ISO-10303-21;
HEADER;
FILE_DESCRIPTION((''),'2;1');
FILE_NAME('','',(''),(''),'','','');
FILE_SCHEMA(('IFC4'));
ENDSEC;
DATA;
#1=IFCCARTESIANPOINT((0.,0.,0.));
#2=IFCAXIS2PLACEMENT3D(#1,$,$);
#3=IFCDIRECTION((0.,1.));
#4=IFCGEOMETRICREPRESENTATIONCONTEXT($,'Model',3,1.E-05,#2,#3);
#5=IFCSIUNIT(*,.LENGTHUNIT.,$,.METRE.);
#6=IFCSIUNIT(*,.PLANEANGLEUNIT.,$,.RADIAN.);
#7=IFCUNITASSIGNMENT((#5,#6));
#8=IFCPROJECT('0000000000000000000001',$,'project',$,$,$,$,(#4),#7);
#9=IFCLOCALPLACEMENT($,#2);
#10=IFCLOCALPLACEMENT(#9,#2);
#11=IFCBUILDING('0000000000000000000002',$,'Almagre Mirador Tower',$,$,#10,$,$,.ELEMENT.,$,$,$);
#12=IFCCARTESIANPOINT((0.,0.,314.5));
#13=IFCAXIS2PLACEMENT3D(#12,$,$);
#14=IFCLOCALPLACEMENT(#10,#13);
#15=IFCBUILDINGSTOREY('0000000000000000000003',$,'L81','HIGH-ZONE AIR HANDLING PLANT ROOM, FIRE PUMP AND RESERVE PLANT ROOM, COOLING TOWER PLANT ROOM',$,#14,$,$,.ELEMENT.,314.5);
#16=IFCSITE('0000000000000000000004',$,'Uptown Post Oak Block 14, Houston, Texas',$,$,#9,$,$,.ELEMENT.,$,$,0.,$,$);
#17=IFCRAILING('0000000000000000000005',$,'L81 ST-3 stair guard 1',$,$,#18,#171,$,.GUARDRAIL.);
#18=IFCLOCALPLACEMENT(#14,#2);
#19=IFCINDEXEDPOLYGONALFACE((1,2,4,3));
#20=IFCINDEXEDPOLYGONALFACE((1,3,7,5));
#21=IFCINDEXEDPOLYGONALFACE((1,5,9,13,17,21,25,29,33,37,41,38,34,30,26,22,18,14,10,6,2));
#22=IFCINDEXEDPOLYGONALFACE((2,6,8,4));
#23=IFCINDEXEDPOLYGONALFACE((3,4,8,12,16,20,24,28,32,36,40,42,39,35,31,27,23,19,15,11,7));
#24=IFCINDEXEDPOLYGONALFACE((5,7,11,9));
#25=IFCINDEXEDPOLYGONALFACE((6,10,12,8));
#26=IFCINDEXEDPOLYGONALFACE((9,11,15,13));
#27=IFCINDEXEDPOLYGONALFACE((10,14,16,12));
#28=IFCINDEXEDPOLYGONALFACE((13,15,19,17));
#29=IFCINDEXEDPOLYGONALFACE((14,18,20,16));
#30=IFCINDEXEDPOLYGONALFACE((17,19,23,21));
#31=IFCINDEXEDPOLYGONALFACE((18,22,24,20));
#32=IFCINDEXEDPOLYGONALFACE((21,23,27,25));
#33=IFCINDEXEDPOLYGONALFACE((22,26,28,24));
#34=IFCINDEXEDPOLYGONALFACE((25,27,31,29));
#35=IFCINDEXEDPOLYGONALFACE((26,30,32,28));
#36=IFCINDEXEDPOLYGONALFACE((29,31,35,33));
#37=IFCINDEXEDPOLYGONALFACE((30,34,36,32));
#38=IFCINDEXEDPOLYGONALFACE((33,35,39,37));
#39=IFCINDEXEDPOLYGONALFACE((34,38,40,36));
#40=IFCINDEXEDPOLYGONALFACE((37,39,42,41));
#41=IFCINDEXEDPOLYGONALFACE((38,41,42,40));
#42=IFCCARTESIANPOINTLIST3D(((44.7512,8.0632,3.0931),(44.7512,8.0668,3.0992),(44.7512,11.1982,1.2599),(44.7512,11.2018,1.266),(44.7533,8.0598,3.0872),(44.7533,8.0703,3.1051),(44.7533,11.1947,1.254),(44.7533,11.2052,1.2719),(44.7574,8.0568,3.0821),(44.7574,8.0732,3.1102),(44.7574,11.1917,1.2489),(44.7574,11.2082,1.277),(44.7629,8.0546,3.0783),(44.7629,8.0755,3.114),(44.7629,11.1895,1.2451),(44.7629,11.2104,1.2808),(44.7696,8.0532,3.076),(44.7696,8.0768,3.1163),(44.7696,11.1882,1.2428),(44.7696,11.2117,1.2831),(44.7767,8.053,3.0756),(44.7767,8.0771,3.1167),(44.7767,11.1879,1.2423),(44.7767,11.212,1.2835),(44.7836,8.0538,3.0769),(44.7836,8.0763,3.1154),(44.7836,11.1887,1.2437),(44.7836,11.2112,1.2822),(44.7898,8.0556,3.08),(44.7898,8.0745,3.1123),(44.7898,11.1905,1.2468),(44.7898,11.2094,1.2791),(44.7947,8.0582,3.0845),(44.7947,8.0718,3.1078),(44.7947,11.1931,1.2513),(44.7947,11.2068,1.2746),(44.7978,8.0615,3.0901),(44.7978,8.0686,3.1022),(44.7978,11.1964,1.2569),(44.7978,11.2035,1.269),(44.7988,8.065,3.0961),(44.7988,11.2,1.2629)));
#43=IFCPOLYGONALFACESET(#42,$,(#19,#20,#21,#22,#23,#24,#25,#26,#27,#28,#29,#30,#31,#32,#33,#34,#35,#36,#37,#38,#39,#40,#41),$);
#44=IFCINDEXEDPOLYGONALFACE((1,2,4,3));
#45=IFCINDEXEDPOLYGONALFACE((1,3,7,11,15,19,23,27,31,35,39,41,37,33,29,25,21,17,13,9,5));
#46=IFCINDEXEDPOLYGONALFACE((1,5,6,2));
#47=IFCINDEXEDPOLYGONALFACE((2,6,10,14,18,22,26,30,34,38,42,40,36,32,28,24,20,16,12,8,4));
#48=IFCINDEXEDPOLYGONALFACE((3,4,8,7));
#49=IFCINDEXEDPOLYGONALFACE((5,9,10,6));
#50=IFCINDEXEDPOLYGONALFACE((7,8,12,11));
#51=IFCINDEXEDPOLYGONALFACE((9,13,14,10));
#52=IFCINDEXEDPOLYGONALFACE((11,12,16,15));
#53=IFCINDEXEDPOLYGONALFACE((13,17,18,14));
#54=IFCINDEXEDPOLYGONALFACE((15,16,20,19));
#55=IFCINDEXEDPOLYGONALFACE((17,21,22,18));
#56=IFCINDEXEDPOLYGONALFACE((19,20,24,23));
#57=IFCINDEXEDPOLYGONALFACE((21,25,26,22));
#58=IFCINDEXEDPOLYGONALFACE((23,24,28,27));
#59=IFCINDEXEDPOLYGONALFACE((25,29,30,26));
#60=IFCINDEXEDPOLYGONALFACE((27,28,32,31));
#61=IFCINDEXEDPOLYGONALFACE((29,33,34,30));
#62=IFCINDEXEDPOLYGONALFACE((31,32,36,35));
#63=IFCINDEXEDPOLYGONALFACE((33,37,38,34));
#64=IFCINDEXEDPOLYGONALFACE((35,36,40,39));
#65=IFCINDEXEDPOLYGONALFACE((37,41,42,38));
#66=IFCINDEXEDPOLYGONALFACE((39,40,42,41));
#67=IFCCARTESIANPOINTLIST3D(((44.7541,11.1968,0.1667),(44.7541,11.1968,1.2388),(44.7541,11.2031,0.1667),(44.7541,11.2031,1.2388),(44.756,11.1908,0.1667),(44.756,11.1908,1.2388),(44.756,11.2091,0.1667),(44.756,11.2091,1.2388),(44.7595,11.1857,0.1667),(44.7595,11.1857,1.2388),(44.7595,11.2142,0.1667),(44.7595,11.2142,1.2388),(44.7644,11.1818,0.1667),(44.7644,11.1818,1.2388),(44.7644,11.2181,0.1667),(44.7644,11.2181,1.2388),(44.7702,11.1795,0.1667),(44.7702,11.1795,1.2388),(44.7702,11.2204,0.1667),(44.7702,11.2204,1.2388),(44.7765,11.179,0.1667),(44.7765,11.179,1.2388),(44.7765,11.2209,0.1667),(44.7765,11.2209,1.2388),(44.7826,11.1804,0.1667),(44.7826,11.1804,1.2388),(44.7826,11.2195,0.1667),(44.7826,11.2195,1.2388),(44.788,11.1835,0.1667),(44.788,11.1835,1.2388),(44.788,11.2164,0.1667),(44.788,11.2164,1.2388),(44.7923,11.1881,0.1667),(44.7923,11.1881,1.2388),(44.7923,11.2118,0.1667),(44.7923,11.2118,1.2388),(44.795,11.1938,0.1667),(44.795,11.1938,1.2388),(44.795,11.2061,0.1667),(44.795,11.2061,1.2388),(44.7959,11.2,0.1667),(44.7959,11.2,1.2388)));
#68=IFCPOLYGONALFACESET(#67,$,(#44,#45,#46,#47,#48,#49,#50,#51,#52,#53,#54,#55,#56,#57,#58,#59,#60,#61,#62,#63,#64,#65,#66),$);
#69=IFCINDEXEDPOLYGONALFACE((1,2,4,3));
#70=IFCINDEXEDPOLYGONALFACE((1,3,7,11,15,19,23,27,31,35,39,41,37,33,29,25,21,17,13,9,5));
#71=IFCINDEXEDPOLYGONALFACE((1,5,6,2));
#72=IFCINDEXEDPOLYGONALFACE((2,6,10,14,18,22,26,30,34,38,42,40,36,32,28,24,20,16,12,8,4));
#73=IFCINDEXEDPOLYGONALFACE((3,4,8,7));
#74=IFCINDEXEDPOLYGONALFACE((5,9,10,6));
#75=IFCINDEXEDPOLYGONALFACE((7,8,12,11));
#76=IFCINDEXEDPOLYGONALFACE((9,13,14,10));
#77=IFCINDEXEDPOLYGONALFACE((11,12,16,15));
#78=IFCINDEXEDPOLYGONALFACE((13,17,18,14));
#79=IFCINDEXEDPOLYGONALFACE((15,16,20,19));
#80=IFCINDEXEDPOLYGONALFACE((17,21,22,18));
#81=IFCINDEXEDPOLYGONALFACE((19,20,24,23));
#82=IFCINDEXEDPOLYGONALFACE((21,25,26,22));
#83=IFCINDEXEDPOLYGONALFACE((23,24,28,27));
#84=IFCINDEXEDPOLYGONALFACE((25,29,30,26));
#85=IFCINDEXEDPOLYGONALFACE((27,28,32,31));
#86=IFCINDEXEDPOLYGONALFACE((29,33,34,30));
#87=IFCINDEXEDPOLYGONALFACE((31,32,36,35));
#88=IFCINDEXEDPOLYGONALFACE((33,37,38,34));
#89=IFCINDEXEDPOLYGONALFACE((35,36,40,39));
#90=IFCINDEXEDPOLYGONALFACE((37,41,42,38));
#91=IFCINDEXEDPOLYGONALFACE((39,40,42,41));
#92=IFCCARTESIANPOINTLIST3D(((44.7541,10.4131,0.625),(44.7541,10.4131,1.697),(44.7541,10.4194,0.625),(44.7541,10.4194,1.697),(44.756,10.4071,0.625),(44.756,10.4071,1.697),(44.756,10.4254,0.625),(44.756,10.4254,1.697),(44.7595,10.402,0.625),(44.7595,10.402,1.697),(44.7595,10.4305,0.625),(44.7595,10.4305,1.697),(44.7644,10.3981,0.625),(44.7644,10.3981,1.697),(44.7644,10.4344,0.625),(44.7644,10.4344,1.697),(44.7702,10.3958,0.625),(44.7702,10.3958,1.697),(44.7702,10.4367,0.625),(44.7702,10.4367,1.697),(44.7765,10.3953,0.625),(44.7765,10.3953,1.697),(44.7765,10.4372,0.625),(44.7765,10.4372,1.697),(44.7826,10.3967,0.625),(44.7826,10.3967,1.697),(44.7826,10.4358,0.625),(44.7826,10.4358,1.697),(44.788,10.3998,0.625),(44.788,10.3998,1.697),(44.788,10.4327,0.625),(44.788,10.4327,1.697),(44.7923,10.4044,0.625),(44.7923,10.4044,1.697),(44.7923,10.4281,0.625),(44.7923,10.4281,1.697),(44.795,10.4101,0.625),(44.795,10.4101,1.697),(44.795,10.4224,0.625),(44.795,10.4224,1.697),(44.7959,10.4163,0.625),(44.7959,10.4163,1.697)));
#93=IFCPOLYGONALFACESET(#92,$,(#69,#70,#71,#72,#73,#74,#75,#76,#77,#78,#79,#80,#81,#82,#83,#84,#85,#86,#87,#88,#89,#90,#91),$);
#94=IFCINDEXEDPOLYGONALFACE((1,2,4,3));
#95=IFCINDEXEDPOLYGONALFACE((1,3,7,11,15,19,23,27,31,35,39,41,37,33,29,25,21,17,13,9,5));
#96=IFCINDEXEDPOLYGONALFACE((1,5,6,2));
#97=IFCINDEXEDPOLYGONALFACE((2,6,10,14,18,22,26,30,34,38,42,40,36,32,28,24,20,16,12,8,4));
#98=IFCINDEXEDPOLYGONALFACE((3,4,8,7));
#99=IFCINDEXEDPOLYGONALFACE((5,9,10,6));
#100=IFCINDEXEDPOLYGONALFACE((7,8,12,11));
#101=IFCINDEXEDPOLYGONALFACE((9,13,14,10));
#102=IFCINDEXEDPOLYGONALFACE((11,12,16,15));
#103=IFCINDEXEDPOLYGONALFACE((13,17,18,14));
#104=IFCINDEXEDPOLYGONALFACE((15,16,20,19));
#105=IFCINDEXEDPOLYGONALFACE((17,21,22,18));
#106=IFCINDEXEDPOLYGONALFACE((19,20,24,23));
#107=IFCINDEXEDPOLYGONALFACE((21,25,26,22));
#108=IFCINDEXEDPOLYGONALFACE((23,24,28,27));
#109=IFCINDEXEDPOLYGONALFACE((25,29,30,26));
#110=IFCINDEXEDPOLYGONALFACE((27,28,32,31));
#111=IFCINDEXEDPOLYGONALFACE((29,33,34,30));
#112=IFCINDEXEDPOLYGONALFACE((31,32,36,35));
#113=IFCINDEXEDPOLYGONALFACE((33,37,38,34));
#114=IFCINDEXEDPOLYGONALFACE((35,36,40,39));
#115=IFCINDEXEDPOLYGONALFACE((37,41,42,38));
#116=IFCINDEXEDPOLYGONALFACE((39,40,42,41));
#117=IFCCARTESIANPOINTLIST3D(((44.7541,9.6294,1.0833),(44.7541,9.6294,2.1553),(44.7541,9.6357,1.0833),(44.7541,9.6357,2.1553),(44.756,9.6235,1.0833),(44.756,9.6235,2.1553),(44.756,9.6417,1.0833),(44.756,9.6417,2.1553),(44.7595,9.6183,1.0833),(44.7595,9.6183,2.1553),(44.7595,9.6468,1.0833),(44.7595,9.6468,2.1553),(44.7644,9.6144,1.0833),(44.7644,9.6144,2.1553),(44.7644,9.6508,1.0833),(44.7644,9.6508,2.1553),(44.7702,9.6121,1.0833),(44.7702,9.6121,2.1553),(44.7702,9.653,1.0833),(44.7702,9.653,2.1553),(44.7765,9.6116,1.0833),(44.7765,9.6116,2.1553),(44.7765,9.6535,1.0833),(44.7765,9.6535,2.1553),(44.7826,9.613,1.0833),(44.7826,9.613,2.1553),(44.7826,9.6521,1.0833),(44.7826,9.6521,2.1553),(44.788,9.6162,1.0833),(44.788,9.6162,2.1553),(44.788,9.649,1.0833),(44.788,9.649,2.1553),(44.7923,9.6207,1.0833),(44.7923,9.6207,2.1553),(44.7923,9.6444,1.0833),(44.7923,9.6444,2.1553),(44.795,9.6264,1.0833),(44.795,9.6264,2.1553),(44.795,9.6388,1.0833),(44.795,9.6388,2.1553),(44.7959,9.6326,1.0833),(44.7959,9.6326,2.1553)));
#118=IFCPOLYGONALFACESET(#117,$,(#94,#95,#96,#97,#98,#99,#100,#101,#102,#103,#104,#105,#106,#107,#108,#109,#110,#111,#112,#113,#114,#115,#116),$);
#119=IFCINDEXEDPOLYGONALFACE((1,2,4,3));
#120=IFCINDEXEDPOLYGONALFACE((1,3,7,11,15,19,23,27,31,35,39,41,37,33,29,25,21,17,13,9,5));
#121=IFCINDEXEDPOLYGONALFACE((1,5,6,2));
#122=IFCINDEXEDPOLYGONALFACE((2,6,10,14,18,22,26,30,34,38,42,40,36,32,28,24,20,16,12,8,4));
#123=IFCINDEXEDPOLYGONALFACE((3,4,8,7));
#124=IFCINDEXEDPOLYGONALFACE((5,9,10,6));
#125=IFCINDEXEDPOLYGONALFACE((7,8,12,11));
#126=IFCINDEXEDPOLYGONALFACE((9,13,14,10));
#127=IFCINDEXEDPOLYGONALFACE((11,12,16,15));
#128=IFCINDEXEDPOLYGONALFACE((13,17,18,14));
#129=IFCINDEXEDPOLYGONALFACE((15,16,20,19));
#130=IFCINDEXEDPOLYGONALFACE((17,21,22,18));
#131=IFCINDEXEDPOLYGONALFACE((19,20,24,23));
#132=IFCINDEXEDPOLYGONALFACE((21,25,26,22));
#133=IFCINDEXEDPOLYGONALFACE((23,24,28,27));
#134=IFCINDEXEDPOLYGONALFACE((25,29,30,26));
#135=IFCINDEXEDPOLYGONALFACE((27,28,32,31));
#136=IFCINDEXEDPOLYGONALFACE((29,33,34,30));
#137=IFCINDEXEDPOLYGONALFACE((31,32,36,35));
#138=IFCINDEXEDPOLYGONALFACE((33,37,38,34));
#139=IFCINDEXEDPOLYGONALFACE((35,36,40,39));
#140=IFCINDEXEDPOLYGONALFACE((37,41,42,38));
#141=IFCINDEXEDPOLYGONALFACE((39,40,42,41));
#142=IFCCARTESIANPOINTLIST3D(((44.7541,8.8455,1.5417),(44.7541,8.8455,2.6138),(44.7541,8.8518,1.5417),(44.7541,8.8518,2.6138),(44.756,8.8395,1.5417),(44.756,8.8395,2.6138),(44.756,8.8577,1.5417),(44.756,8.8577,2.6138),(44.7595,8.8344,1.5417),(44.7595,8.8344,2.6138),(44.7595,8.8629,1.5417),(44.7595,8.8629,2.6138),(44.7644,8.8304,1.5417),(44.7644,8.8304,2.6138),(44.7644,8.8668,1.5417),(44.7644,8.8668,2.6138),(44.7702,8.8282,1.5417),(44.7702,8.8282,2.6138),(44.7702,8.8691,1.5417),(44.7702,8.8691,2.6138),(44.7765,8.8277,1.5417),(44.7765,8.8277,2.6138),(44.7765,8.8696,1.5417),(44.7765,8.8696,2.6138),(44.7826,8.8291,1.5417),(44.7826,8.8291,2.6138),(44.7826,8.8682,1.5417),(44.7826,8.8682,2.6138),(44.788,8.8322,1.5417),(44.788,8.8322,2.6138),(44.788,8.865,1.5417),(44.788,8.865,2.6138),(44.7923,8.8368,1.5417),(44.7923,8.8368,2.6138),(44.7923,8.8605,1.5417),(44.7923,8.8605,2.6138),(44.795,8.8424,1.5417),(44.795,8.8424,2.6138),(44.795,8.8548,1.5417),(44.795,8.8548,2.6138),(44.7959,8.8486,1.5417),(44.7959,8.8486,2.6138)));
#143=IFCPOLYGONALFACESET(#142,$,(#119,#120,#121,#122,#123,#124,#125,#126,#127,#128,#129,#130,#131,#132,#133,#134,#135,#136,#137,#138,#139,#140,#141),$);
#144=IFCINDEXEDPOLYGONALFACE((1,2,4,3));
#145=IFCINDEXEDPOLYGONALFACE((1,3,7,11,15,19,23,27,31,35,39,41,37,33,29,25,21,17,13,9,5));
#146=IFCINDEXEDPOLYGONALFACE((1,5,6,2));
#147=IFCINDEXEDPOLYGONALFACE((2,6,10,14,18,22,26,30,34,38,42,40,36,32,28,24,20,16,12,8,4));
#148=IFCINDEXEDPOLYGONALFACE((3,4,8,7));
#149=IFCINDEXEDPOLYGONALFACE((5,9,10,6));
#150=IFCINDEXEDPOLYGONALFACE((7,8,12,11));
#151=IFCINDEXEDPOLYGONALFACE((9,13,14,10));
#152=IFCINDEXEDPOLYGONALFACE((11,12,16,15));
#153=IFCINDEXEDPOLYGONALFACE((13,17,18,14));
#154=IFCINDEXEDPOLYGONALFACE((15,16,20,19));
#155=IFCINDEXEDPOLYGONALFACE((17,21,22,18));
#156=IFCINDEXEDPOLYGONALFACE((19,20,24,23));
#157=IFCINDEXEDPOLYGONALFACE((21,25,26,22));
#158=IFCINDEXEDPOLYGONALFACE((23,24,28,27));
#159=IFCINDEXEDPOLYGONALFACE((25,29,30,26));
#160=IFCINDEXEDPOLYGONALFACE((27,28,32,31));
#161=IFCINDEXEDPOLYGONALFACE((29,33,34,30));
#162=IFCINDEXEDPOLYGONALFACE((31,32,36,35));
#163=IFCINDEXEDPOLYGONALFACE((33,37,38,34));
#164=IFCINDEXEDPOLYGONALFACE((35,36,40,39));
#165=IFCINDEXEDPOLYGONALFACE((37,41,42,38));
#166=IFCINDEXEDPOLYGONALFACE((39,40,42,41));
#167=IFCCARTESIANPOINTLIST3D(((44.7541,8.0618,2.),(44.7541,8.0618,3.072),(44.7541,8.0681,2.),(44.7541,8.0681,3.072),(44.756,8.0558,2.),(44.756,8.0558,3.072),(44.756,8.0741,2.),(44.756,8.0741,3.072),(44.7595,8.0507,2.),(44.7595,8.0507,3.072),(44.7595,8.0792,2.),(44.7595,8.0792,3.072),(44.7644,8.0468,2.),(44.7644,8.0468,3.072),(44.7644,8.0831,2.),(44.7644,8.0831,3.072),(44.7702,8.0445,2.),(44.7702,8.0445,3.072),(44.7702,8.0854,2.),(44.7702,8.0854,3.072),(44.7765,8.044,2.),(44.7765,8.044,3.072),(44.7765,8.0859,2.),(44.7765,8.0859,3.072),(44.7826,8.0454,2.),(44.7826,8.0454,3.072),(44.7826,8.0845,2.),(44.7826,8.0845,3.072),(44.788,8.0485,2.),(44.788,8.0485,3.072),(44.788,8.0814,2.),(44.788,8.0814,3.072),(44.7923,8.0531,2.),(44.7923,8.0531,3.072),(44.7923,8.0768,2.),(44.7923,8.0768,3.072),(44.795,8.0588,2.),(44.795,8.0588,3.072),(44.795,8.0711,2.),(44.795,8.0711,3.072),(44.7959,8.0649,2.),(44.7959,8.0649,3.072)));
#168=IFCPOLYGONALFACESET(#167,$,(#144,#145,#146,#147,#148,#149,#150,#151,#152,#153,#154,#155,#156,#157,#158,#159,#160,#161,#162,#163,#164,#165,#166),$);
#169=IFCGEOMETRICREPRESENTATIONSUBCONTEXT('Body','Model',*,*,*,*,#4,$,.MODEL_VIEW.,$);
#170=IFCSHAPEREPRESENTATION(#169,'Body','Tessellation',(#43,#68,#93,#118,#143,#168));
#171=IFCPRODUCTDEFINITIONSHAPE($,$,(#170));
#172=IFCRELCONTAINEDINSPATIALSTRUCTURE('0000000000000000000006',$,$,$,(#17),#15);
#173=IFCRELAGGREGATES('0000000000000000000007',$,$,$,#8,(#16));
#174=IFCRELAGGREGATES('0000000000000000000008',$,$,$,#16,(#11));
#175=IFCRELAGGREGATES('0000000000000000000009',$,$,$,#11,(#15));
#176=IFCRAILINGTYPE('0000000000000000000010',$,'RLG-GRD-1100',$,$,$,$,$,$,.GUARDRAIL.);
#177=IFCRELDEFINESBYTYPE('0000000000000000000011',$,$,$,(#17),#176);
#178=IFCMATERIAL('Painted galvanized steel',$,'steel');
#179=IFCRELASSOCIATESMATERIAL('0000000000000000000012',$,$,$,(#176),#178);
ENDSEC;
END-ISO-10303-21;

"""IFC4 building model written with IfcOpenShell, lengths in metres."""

from ifc_helpers import new_model, si_unit, direction, frame, origin, origin_2d, place, context, subcontext, project, spatial, circle, extrude, material, type_object, element, save


model = new_model("IFC4")

# Units and contexts
model_context = context("Model", 3, precision=1e-05, world=origin(), true_north=direction((0.0, 1.0)))
body_context = subcontext(model_context, "Body", "Model", "MODEL_VIEW")
ifc_project = project(units=[si_unit("LENGTHUNIT", "METRE"), si_unit("PLANEANGLEUNIT", "RADIAN")], contexts=[model_context])

# Site, building, storey
site_placement = place(None, origin())
site = spatial("IfcSite", under=ifc_project, at=site_placement, Name="Uptown Post Oak Block 14, Houston, Texas", CompositionType="ELEMENT", RefElevation=0.0)
building_placement = place(site_placement, origin())
building = spatial("IfcBuilding", under=site, at=building_placement, Name="Almagre Mirador Tower", CompositionType="ELEMENT")
storey_placement = place(building_placement, frame((0.0, 0.0, 314.5)))
storey = spatial("IfcBuildingStorey", under=building, at=storey_placement, Name="L81", Description="HIGH-ZONE AIR HANDLING PLANT ROOM, FIRE PUMP AND RESERVE PLANT ROOM, COOLING TOWER PLANT ROOM", CompositionType="ELEMENT", Elevation=314.5)

# Railing
ifc_material_1 = material(Name="Painted galvanized steel", Category="steel")
railing_type_1 = type_object("IfcRailingType", Name="RLG-GRD-1100", PredefinedType="GUARDRAIL", material=ifc_material_1)
railing_1_placement = place(storey_placement, frame((44.7749, 11.2, 0.1667)))
element("IfcRailing", 1, at=railing_1_placement, inside=storey, type_object=railing_type_1, Name="L81 ST-3 stair guard 1", PredefinedType="GUARDRAIL", context=body_context, shape_type="SweptSolid", body=[
    extrude(circle(Radius=0.0239, at=origin_2d()), frame((0.0, 0.0, 1.0962), z_axis=(0.0, -0.86324, 0.504794), x_axis=(1.0, 0.0, 0.0)), (0.0, 0.0, 1.0), 3.6316),
    extrude(circle(Radius=0.021, at=origin_2d()), origin(), (0.0, 0.0, 1.0), 1.072),
    extrude(circle(Radius=0.021, at=origin_2d()), frame((0.0, -0.7837, 0.4583)), (0.0, 0.0, 1.0), 1.072),
    extrude(circle(Radius=0.021, at=origin_2d()), frame((0.0, -1.5674, 0.9165)), (0.0, 0.0, 1.0), 1.072),
    extrude(circle(Radius=0.021, at=origin_2d()), frame((0.0, -2.3513, 1.375)), (0.0, 0.0, 1.0), 1.072),
    extrude(circle(Radius=0.021, at=origin_2d()), frame((0.0, -3.135, 1.8333)), (0.0, 0.0, 1.0), 1.072),
])

save(model, "model.ifc")
